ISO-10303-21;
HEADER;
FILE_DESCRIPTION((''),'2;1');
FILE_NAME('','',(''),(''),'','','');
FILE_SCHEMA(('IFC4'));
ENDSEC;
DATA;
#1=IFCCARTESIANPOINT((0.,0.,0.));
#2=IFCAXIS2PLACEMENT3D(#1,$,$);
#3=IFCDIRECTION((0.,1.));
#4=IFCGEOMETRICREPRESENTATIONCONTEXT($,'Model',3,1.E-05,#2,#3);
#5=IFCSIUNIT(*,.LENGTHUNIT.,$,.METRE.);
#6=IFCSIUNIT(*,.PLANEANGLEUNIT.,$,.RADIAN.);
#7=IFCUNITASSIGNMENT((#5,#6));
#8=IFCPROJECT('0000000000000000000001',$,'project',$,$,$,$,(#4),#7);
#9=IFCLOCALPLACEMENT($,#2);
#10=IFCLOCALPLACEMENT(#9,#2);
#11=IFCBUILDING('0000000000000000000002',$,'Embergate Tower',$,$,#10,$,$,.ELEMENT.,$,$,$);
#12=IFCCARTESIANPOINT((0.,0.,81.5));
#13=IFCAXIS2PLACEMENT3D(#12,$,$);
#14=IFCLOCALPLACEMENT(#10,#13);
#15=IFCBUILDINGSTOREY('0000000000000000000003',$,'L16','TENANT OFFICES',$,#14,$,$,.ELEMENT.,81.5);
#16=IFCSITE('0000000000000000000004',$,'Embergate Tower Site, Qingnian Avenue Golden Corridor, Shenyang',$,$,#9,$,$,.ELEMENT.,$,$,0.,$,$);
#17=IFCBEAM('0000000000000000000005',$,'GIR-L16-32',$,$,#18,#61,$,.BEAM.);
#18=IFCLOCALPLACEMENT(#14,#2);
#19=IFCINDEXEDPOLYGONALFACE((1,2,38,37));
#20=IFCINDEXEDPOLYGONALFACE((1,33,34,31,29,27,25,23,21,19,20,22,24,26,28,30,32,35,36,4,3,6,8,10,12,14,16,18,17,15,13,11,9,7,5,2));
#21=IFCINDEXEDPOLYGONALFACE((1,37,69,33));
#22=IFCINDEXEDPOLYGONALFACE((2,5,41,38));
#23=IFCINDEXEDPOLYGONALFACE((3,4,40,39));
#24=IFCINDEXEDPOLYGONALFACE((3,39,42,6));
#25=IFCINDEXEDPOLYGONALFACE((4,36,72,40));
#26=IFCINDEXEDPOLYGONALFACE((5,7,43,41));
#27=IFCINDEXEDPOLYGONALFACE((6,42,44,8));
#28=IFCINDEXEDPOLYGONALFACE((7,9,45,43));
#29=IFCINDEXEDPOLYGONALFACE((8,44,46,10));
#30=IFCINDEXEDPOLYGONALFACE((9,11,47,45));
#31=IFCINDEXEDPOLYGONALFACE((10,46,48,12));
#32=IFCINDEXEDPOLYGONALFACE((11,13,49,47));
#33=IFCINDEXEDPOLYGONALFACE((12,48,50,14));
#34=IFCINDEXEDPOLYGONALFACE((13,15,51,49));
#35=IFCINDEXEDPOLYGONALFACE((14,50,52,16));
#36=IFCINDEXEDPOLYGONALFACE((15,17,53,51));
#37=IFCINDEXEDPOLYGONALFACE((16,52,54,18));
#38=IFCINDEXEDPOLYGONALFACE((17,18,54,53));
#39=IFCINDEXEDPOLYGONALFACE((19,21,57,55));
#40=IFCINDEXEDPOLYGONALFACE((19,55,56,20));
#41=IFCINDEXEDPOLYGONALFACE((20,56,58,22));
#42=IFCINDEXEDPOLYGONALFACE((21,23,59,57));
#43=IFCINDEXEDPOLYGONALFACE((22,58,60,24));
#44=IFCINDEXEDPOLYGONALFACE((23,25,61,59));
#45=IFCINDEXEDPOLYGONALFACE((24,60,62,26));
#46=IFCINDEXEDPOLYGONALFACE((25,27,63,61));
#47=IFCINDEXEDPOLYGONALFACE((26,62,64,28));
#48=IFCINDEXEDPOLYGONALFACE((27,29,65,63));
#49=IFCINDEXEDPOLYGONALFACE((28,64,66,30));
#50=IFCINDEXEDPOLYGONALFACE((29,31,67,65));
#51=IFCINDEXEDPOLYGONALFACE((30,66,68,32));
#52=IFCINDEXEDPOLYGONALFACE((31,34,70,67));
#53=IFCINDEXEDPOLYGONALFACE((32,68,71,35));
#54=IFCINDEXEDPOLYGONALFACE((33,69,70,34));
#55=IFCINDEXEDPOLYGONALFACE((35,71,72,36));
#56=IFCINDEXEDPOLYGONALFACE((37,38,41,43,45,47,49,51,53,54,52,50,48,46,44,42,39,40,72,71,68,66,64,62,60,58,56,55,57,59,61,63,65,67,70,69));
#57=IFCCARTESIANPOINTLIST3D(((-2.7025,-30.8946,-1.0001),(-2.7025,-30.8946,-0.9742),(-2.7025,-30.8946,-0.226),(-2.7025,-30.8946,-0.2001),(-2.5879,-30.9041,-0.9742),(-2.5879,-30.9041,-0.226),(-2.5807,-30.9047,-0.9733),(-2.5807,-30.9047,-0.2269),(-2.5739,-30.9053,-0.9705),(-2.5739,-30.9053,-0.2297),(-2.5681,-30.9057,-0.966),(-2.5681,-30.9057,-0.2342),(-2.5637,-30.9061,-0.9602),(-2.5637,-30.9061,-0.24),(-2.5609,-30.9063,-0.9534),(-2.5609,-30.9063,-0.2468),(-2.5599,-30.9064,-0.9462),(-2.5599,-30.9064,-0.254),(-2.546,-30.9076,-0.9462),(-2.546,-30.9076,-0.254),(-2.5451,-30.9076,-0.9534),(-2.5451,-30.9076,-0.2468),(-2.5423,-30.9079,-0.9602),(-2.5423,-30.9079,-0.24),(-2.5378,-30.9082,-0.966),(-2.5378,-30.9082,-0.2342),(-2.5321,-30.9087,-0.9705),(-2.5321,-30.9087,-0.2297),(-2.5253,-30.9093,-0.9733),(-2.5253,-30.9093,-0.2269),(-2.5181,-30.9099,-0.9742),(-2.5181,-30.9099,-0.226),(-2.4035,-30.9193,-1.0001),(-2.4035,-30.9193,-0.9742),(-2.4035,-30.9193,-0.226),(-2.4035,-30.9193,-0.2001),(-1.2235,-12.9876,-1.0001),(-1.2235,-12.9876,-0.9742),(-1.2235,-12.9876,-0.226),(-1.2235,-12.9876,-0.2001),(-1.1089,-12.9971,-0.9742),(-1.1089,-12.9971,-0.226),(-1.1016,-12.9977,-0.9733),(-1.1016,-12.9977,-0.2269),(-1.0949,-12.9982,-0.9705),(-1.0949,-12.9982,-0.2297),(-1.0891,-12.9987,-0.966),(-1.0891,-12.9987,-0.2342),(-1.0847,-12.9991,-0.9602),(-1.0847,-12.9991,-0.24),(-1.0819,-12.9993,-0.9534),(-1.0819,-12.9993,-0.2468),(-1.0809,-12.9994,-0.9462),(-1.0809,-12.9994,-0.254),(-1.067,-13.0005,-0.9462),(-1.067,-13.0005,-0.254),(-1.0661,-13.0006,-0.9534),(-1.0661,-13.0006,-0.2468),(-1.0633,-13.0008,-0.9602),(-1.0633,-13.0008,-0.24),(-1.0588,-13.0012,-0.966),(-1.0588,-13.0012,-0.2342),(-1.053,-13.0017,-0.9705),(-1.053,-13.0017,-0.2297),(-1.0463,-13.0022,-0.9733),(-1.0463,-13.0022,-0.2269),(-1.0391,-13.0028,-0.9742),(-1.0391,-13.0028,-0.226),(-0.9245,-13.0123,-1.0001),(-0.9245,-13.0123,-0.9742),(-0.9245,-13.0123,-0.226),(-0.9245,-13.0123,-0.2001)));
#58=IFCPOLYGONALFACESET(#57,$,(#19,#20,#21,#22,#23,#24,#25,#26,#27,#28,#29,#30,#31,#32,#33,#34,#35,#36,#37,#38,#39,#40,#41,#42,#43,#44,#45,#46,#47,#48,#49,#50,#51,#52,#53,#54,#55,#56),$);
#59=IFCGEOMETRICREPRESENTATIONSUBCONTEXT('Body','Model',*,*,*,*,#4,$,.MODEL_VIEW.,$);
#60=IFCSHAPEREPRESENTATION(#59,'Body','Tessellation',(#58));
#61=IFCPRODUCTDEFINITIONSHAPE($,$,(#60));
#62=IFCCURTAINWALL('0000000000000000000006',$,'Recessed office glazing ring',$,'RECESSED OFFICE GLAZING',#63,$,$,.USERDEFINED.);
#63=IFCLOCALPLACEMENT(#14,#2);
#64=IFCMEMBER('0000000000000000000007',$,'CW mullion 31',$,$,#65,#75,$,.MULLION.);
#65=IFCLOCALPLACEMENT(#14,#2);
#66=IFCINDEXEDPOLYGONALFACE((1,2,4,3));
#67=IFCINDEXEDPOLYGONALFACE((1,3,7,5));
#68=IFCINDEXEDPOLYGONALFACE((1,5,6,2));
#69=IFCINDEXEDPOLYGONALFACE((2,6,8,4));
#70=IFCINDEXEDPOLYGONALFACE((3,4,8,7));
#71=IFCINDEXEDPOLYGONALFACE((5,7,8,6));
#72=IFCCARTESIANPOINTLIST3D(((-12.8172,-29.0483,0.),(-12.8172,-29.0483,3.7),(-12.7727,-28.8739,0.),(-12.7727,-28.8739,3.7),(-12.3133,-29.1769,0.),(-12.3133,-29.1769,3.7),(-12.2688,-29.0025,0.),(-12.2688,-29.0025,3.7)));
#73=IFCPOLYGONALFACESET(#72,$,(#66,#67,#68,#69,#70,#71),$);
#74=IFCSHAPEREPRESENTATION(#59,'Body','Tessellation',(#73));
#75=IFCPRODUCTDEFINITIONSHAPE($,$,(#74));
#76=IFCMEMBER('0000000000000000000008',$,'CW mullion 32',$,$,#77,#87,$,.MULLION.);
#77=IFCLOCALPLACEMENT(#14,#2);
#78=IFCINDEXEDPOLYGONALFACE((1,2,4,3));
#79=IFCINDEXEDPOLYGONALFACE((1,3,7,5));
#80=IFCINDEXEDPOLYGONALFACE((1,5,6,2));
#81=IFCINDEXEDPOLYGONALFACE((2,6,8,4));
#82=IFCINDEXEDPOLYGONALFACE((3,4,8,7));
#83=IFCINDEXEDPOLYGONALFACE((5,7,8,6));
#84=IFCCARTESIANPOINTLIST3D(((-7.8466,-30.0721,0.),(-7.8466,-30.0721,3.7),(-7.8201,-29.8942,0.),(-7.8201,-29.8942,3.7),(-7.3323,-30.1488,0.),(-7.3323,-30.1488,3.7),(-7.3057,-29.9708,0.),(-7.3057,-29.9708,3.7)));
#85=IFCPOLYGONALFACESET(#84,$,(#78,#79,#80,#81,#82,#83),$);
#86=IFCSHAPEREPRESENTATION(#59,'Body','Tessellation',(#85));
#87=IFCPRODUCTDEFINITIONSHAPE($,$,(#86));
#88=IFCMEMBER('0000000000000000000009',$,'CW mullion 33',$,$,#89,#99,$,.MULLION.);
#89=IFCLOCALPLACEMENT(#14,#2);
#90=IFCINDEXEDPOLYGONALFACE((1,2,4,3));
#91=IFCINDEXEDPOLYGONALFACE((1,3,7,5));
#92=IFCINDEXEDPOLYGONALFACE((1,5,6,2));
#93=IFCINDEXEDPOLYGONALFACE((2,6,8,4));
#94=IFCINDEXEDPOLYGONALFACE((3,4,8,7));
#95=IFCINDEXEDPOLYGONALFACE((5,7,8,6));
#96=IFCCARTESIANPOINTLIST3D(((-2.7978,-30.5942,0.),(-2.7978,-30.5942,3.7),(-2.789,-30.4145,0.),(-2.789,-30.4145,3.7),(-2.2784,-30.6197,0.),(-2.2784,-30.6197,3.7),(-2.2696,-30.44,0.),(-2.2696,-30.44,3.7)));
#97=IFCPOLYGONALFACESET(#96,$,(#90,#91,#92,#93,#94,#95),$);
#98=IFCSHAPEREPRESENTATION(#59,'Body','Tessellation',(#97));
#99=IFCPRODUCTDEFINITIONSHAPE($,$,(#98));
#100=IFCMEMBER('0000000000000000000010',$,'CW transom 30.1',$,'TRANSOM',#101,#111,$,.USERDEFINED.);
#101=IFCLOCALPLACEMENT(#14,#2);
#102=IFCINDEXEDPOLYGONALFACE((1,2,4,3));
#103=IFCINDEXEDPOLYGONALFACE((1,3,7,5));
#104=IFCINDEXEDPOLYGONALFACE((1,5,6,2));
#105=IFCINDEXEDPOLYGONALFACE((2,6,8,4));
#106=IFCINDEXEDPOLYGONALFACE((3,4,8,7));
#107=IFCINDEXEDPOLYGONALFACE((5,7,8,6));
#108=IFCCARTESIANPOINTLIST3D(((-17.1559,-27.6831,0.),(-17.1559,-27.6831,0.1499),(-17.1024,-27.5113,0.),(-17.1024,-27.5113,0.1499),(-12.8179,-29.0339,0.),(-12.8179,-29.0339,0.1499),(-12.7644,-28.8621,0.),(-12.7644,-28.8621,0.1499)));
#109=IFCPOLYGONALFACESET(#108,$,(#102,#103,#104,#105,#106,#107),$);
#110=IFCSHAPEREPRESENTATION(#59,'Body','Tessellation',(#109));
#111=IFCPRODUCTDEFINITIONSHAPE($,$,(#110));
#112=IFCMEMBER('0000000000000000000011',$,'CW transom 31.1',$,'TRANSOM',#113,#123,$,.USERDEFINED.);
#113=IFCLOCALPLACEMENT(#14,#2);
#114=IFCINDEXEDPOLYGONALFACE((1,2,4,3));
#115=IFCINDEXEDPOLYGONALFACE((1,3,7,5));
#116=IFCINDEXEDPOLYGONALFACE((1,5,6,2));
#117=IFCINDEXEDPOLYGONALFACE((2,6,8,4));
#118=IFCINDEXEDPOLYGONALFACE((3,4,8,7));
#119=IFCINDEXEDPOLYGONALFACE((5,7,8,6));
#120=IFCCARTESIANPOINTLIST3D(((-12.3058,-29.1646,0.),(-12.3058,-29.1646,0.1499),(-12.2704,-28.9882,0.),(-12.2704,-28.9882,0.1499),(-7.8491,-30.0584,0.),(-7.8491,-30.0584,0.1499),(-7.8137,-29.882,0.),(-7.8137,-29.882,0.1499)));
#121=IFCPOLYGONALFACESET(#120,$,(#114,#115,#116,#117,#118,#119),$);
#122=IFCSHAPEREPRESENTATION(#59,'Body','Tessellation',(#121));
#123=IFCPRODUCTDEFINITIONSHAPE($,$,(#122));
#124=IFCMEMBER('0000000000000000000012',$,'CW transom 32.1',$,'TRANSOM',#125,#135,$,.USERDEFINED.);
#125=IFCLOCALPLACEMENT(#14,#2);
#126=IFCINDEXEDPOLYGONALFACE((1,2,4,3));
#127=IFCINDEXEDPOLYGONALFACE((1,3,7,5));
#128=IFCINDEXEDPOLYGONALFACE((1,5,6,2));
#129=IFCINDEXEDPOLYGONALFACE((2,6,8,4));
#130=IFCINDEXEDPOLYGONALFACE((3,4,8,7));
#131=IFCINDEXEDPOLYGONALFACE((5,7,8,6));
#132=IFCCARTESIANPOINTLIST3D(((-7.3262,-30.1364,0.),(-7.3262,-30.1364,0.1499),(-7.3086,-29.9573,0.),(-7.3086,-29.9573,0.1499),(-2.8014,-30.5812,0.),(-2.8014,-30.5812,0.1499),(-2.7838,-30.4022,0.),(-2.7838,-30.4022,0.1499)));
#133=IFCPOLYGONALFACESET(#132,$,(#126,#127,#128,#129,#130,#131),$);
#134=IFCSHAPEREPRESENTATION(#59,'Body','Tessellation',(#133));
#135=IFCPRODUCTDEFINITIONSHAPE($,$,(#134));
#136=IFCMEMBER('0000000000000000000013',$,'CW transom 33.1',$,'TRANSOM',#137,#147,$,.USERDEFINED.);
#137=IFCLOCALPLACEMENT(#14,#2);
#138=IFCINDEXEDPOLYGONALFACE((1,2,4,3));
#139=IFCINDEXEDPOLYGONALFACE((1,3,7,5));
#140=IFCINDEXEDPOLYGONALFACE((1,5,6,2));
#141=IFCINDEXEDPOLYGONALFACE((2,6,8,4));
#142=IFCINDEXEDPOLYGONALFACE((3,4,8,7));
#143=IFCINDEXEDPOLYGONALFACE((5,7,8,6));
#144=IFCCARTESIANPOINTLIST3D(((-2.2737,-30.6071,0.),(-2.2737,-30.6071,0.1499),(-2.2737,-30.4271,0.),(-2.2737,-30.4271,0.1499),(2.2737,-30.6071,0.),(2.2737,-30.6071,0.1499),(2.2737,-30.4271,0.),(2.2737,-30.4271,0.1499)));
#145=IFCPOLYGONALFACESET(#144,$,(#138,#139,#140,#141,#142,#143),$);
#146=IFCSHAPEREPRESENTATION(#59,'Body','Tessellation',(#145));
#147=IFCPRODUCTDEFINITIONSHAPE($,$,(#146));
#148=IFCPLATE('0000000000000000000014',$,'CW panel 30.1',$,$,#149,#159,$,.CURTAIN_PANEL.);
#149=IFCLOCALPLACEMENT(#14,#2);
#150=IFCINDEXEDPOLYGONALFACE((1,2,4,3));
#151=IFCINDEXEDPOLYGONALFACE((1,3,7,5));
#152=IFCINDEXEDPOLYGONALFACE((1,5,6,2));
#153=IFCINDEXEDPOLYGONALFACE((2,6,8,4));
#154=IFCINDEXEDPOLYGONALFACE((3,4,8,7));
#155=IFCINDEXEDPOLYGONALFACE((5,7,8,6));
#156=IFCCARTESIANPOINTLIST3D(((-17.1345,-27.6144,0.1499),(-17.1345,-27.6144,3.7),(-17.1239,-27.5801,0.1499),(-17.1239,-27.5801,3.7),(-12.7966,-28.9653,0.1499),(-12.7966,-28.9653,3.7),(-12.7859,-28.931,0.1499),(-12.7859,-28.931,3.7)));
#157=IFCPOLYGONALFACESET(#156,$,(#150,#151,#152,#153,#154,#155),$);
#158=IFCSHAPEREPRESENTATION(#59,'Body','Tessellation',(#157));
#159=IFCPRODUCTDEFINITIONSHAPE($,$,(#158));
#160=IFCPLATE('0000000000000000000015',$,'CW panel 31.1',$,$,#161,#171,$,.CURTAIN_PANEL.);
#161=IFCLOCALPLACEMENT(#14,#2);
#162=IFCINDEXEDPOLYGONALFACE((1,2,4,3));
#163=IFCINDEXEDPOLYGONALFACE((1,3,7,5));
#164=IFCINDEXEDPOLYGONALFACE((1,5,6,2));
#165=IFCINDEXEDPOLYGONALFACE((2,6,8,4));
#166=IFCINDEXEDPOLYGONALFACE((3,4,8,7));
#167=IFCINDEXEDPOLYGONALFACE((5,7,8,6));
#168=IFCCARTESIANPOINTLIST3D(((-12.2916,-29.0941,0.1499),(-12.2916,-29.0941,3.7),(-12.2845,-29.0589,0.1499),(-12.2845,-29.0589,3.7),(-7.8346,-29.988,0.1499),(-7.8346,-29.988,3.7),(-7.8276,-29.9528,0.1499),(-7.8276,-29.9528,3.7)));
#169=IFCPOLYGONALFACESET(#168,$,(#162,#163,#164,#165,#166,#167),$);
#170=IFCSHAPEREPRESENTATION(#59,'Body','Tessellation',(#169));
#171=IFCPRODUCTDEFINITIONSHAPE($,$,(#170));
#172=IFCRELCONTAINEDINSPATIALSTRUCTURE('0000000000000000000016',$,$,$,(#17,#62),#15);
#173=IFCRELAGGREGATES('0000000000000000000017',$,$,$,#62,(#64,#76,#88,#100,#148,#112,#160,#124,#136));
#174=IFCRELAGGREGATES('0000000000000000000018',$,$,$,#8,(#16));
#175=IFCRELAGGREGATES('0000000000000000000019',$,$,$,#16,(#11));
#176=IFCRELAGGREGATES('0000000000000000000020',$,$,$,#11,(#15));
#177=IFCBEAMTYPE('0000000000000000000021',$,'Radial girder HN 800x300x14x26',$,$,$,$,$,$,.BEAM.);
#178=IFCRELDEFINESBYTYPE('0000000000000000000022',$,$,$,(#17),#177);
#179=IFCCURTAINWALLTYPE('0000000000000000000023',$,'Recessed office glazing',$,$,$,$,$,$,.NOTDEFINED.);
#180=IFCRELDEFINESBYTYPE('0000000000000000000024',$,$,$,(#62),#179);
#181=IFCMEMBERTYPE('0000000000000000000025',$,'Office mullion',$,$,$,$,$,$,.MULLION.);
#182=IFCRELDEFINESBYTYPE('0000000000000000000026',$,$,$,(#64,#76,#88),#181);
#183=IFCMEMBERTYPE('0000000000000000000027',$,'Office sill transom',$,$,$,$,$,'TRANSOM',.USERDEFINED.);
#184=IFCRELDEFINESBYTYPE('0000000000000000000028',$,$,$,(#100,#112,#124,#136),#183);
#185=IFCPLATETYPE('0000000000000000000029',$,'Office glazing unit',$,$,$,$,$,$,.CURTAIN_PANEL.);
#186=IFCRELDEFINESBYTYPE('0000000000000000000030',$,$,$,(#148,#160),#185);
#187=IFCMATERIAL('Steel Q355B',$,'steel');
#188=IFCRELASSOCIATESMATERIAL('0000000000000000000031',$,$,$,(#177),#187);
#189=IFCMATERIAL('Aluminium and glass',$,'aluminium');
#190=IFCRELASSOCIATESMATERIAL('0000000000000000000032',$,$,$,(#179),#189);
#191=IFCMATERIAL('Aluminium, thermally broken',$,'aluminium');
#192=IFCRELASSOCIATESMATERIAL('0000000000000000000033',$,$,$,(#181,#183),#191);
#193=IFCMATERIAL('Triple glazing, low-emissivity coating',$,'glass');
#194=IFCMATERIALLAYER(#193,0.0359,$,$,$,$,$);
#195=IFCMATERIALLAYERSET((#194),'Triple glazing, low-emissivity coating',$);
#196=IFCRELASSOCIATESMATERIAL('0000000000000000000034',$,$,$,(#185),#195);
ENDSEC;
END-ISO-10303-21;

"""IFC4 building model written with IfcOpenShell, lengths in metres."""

from ifc_helpers import new_model, si_unit, direction, frame, origin, origin_2d, place, context, subcontext, project, spatial, rectangle, i_section, extrude, source, transform, mapped, material, layer, layer_set, material_profile, profile_set, type_object, element, aggregate, save


model = new_model("IFC4")

# Units and contexts
model_context = context("Model", 3, precision=1e-05, world=origin(), true_north=direction((0.0, 1.0)))
body_context = subcontext(model_context, "Body", "Model", "MODEL_VIEW")
ifc_project = project(units=[si_unit("LENGTHUNIT", "METRE"), si_unit("PLANEANGLEUNIT", "RADIAN")], contexts=[model_context])

# Site, building, storey
site_placement = place(None, origin())
site = spatial("IfcSite", under=ifc_project, at=site_placement, Name="Embergate Tower Site, Qingnian Avenue Golden Corridor, Shenyang", CompositionType="ELEMENT", RefElevation=0.0)
building_placement = place(site_placement, origin())
building = spatial("IfcBuilding", under=site, at=building_placement, Name="Embergate Tower", CompositionType="ELEMENT")
storey_placement = place(building_placement, frame((0.0, 0.0, 81.5)))
storey = spatial("IfcBuildingStorey", under=building, at=storey_placement, Name="L16", Description="TENANT OFFICES", CompositionType="ELEMENT", Elevation=81.5)

# Beam
ifc_material_1 = material(Name="Steel Q355B", Category="steel")
ifc_material_profile_1 = material_profile(ifc_material_1, i_section(OverallWidth=0.3, OverallDepth=0.8, WebThickness=0.0139, FlangeThickness=0.0259, FilletRadius=0.0281, at=origin_2d()), Name="HN 800x300x14x26")
ifc_profile_set_1 = profile_set([ifc_material_profile_1], Name="Steel Q355 grade B")
beam_type_1 = type_object("IfcBeamType", Name="Radial girder HN 800x300x14x26", PredefinedType="BEAM", material=ifc_profile_set_1)
shared_shape_1 = source(origin(), body_context, "Body", "SweptSolid", [
    extrude(i_section(OverallWidth=0.3, OverallDepth=0.8, WebThickness=0.0139, FlangeThickness=0.0259, FilletRadius=0.0281, at=origin_2d()), origin(), (0.0, 0.0, 1.0), 17.968),
])
beam_1_placement = place(storey_placement, frame((-2.553, -30.907, -0.6001), z_axis=(0.082313, 0.996606, 0.0), x_axis=(-0.996606, 0.082313, 0.0)))
element("IfcBeam", 1, at=beam_1_placement, inside=storey, type_object=beam_type_1, Name="GIR-L16-32", PredefinedType="BEAM", context=body_context, shape_type="MappedRepresentation", body=[
    mapped(shared_shape_1, transform((0.0, 0.0, 0.0))),
])

# Curtain wall, members
ifc_material_2 = material(Name="Aluminium and glass", Category="aluminium")
curtain_wall_type = type_object("IfcCurtainWallType", Name="Recessed office glazing", PredefinedType="NOTDEFINED", material=ifc_material_2)
curtain_wall_placement = place(storey_placement, origin())
curtain_wall = element("IfcCurtainWall", 2, at=curtain_wall_placement, inside=storey, type_object=curtain_wall_type, Name="Recessed office glazing ring", ObjectType="RECESSED OFFICE GLAZING", PredefinedType="USERDEFINED")
ifc_material_3 = material(Name="Aluminium, thermally broken", Category="aluminium")
ifc_material_profile_2 = material_profile(ifc_material_3, rectangle(XDim=0.1799, YDim=0.52, at=origin_2d()), Name="AL 520x180")
ifc_profile_set_2 = profile_set([ifc_material_profile_2], Name="Aluminium, thermally broken")
member_type_1 = type_object("IfcMemberType", Name="Office mullion", PredefinedType="MULLION", material=ifc_profile_set_2)
shared_shape_2 = source(origin(), body_context, "Body", "SweptSolid", [
    extrude(rectangle(XDim=0.1799, YDim=0.52, at=origin_2d()), origin(), (0.0, 0.0, 1.0), 3.7),
])
member_1_placement = place(storey_placement, frame((-12.543, -29.0254, 0.0), z_axis=(0.0, 0.0, 1.0), x_axis=(0.247312, 0.968936, 0.0)))
member_1 = element("IfcMember", 3, at=member_1_placement, type_object=member_type_1, Name="CW mullion 31", PredefinedType="MULLION", context=body_context, shape_type="MappedRepresentation", body=[
    mapped(shared_shape_2, transform((0.0, 0.0, 0.0))),
])
member_2_placement = place(storey_placement, frame((-7.5762, -30.0215, 0.0), z_axis=(0.0, 0.0, 1.0), x_axis=(0.147412, 0.989075, 0.0)))
member_2 = element("IfcMember", 4, at=member_2_placement, type_object=member_type_1, Name="CW mullion 32", PredefinedType="MULLION", context=body_context, shape_type="MappedRepresentation", body=[
    mapped(shared_shape_2, transform((0.0, 0.0, 0.0))),
])
member_3_placement = place(storey_placement, frame((-2.5337, -30.5171, 0.0), z_axis=(0.0, 0.0, 1.0), x_axis=(0.048972, 0.9988, 0.0)))
member_3 = element("IfcMember", 5, at=member_3_placement, type_object=member_type_1, Name="CW mullion 33", PredefinedType="MULLION", context=body_context, shape_type="MappedRepresentation", body=[
    mapped(shared_shape_2, transform((0.0, 0.0, 0.0))),
])
ifc_material_profile_3 = material_profile(ifc_material_3, rectangle(XDim=0.1799, YDim=0.1499, at=origin_2d()), Name="AL 150x180")
ifc_profile_set_3 = profile_set([ifc_material_profile_3], Name="Aluminium, thermally broken")
member_type_2 = type_object("IfcMemberType", Name="Office sill transom", ElementType="TRANSOM", PredefinedType="USERDEFINED", material=ifc_profile_set_3)
shared_shape_3 = source(origin(), body_context, "Body", "SweptSolid", [
    extrude(rectangle(XDim=0.1799, YDim=0.1499, at=origin_2d()), origin(), (0.0, 0.0, 1.0), 4.5435),
])
member_4_placement = place(storey_placement, frame((-17.1292, -27.5972, 0.075), z_axis=(0.954778, -0.29732, 0.0), x_axis=(0.29732, 0.954778, 0.0)))
member_4 = element("IfcMember", 6, at=member_4_placement, type_object=member_type_2, Name="CW transom 30.1", ObjectType="TRANSOM", PredefinedType="USERDEFINED", context=body_context, shape_type="MappedRepresentation", body=[
    mapped(shared_shape_3, transform((0.0, 0.0, 0.0))),
])
shared_shape_4 = source(origin(), body_context, "Body", "SweptSolid", [
    extrude(rectangle(XDim=0.1799, YDim=0.1499, at=origin_2d()), origin(), (0.0, 0.0, 1.0), 4.5454),
])
member_5_placement = place(storey_placement, frame((-12.2881, -29.0764, 0.075), z_axis=(0.980477, -0.196633, 0.0), x_axis=(0.196633, 0.980477, 0.0)))
member_5 = element("IfcMember", 7, at=member_5_placement, type_object=member_type_2, Name="CW transom 31.1", ObjectType="TRANSOM", PredefinedType="USERDEFINED", context=body_context, shape_type="MappedRepresentation", body=[
    mapped(shared_shape_4, transform((0.0, 0.0, 0.0))),
])
shared_shape_5 = source(origin(), body_context, "Body", "SweptSolid", [
    extrude(rectangle(XDim=0.1799, YDim=0.1499, at=origin_2d()), origin(), (0.0, 0.0, 1.0), 4.5466),
])
member_6_placement = place(storey_placement, frame((-7.3174, -30.0469, 0.075), z_axis=(0.995203, -0.097834, 0.0), x_axis=(0.097834, 0.995203, 0.0)))
member_6 = element("IfcMember", 8, at=member_6_placement, type_object=member_type_2, Name="CW transom 32.1", ObjectType="TRANSOM", PredefinedType="USERDEFINED", context=body_context, shape_type="MappedRepresentation", body=[
    mapped(shared_shape_5, transform((0.0, 0.0, 0.0))),
])
shared_shape_6 = source(origin(), body_context, "Body", "SweptSolid", [
    extrude(rectangle(XDim=0.1799, YDim=0.1499, at=origin_2d()), origin(), (0.0, 0.0, 1.0), 4.5474),
])
member_7_placement = place(storey_placement, frame((-2.2737, -30.5171, 0.075), z_axis=(1.0, 0.0, 0.0), x_axis=(0.0, 1.0, 0.0)))
member_7 = element("IfcMember", 9, at=member_7_placement, type_object=member_type_2, Name="CW transom 33.1", ObjectType="TRANSOM", PredefinedType="USERDEFINED", context=body_context, shape_type="MappedRepresentation", body=[
    mapped(shared_shape_6, transform((0.0, 0.0, 0.0))),
])

# Plates
ifc_material_4 = material(Name="Triple glazing, low-emissivity coating", Category="glass")
ifc_layer_1 = layer(ifc_material_4, 0.0359)
ifc_layer_set_1 = layer_set([ifc_layer_1], Name="Triple glazing, low-emissivity coating")
plate_type = type_object("IfcPlateType", Name="Office glazing unit", PredefinedType="CURTAIN_PANEL", material=ifc_layer_set_1)
shared_shape_7 = source(origin(), body_context, "Body", "SweptSolid", [
    extrude(rectangle(XDim=4.5435, YDim=0.0359, at=origin_2d()), origin(), (0.0, 0.0, 1.0), 3.55),
])
plate_1_placement = place(storey_placement, frame((-14.9602, -28.2727, 0.1499), z_axis=(0.0, 0.0, 1.0), x_axis=(0.954772, -0.297338, 0.0)))
plate_1 = element("IfcPlate", 10, at=plate_1_placement, type_object=plate_type, Name="CW panel 30.1", PredefinedType="CURTAIN_PANEL", context=body_context, shape_type="MappedRepresentation", body=[
    mapped(shared_shape_7, transform((0.0, 0.0, 0.0))),
])
shared_shape_8 = source(origin(), body_context, "Body", "SweptSolid", [
    extrude(rectangle(XDim=4.5457, YDim=0.0359, at=origin_2d()), origin(), (0.0, 0.0, 1.0), 3.55),
])
plate_2_placement = place(storey_placement, frame((-10.0596, -29.5234, 0.1499), z_axis=(0.0, 0.0, 1.0), x_axis=(0.980476, -0.196639, 0.0)))
plate_2 = element("IfcPlate", 11, at=plate_2_placement, type_object=plate_type, Name="CW panel 31.1", PredefinedType="CURTAIN_PANEL", context=body_context, shape_type="MappedRepresentation", body=[
    mapped(shared_shape_8, transform((0.0, 0.0, 0.0))),
])
aggregate(curtain_wall, [member_1, member_2, member_3, member_4, plate_1, member_5, plate_2, member_6, member_7])

save(model, "model.ifc")
